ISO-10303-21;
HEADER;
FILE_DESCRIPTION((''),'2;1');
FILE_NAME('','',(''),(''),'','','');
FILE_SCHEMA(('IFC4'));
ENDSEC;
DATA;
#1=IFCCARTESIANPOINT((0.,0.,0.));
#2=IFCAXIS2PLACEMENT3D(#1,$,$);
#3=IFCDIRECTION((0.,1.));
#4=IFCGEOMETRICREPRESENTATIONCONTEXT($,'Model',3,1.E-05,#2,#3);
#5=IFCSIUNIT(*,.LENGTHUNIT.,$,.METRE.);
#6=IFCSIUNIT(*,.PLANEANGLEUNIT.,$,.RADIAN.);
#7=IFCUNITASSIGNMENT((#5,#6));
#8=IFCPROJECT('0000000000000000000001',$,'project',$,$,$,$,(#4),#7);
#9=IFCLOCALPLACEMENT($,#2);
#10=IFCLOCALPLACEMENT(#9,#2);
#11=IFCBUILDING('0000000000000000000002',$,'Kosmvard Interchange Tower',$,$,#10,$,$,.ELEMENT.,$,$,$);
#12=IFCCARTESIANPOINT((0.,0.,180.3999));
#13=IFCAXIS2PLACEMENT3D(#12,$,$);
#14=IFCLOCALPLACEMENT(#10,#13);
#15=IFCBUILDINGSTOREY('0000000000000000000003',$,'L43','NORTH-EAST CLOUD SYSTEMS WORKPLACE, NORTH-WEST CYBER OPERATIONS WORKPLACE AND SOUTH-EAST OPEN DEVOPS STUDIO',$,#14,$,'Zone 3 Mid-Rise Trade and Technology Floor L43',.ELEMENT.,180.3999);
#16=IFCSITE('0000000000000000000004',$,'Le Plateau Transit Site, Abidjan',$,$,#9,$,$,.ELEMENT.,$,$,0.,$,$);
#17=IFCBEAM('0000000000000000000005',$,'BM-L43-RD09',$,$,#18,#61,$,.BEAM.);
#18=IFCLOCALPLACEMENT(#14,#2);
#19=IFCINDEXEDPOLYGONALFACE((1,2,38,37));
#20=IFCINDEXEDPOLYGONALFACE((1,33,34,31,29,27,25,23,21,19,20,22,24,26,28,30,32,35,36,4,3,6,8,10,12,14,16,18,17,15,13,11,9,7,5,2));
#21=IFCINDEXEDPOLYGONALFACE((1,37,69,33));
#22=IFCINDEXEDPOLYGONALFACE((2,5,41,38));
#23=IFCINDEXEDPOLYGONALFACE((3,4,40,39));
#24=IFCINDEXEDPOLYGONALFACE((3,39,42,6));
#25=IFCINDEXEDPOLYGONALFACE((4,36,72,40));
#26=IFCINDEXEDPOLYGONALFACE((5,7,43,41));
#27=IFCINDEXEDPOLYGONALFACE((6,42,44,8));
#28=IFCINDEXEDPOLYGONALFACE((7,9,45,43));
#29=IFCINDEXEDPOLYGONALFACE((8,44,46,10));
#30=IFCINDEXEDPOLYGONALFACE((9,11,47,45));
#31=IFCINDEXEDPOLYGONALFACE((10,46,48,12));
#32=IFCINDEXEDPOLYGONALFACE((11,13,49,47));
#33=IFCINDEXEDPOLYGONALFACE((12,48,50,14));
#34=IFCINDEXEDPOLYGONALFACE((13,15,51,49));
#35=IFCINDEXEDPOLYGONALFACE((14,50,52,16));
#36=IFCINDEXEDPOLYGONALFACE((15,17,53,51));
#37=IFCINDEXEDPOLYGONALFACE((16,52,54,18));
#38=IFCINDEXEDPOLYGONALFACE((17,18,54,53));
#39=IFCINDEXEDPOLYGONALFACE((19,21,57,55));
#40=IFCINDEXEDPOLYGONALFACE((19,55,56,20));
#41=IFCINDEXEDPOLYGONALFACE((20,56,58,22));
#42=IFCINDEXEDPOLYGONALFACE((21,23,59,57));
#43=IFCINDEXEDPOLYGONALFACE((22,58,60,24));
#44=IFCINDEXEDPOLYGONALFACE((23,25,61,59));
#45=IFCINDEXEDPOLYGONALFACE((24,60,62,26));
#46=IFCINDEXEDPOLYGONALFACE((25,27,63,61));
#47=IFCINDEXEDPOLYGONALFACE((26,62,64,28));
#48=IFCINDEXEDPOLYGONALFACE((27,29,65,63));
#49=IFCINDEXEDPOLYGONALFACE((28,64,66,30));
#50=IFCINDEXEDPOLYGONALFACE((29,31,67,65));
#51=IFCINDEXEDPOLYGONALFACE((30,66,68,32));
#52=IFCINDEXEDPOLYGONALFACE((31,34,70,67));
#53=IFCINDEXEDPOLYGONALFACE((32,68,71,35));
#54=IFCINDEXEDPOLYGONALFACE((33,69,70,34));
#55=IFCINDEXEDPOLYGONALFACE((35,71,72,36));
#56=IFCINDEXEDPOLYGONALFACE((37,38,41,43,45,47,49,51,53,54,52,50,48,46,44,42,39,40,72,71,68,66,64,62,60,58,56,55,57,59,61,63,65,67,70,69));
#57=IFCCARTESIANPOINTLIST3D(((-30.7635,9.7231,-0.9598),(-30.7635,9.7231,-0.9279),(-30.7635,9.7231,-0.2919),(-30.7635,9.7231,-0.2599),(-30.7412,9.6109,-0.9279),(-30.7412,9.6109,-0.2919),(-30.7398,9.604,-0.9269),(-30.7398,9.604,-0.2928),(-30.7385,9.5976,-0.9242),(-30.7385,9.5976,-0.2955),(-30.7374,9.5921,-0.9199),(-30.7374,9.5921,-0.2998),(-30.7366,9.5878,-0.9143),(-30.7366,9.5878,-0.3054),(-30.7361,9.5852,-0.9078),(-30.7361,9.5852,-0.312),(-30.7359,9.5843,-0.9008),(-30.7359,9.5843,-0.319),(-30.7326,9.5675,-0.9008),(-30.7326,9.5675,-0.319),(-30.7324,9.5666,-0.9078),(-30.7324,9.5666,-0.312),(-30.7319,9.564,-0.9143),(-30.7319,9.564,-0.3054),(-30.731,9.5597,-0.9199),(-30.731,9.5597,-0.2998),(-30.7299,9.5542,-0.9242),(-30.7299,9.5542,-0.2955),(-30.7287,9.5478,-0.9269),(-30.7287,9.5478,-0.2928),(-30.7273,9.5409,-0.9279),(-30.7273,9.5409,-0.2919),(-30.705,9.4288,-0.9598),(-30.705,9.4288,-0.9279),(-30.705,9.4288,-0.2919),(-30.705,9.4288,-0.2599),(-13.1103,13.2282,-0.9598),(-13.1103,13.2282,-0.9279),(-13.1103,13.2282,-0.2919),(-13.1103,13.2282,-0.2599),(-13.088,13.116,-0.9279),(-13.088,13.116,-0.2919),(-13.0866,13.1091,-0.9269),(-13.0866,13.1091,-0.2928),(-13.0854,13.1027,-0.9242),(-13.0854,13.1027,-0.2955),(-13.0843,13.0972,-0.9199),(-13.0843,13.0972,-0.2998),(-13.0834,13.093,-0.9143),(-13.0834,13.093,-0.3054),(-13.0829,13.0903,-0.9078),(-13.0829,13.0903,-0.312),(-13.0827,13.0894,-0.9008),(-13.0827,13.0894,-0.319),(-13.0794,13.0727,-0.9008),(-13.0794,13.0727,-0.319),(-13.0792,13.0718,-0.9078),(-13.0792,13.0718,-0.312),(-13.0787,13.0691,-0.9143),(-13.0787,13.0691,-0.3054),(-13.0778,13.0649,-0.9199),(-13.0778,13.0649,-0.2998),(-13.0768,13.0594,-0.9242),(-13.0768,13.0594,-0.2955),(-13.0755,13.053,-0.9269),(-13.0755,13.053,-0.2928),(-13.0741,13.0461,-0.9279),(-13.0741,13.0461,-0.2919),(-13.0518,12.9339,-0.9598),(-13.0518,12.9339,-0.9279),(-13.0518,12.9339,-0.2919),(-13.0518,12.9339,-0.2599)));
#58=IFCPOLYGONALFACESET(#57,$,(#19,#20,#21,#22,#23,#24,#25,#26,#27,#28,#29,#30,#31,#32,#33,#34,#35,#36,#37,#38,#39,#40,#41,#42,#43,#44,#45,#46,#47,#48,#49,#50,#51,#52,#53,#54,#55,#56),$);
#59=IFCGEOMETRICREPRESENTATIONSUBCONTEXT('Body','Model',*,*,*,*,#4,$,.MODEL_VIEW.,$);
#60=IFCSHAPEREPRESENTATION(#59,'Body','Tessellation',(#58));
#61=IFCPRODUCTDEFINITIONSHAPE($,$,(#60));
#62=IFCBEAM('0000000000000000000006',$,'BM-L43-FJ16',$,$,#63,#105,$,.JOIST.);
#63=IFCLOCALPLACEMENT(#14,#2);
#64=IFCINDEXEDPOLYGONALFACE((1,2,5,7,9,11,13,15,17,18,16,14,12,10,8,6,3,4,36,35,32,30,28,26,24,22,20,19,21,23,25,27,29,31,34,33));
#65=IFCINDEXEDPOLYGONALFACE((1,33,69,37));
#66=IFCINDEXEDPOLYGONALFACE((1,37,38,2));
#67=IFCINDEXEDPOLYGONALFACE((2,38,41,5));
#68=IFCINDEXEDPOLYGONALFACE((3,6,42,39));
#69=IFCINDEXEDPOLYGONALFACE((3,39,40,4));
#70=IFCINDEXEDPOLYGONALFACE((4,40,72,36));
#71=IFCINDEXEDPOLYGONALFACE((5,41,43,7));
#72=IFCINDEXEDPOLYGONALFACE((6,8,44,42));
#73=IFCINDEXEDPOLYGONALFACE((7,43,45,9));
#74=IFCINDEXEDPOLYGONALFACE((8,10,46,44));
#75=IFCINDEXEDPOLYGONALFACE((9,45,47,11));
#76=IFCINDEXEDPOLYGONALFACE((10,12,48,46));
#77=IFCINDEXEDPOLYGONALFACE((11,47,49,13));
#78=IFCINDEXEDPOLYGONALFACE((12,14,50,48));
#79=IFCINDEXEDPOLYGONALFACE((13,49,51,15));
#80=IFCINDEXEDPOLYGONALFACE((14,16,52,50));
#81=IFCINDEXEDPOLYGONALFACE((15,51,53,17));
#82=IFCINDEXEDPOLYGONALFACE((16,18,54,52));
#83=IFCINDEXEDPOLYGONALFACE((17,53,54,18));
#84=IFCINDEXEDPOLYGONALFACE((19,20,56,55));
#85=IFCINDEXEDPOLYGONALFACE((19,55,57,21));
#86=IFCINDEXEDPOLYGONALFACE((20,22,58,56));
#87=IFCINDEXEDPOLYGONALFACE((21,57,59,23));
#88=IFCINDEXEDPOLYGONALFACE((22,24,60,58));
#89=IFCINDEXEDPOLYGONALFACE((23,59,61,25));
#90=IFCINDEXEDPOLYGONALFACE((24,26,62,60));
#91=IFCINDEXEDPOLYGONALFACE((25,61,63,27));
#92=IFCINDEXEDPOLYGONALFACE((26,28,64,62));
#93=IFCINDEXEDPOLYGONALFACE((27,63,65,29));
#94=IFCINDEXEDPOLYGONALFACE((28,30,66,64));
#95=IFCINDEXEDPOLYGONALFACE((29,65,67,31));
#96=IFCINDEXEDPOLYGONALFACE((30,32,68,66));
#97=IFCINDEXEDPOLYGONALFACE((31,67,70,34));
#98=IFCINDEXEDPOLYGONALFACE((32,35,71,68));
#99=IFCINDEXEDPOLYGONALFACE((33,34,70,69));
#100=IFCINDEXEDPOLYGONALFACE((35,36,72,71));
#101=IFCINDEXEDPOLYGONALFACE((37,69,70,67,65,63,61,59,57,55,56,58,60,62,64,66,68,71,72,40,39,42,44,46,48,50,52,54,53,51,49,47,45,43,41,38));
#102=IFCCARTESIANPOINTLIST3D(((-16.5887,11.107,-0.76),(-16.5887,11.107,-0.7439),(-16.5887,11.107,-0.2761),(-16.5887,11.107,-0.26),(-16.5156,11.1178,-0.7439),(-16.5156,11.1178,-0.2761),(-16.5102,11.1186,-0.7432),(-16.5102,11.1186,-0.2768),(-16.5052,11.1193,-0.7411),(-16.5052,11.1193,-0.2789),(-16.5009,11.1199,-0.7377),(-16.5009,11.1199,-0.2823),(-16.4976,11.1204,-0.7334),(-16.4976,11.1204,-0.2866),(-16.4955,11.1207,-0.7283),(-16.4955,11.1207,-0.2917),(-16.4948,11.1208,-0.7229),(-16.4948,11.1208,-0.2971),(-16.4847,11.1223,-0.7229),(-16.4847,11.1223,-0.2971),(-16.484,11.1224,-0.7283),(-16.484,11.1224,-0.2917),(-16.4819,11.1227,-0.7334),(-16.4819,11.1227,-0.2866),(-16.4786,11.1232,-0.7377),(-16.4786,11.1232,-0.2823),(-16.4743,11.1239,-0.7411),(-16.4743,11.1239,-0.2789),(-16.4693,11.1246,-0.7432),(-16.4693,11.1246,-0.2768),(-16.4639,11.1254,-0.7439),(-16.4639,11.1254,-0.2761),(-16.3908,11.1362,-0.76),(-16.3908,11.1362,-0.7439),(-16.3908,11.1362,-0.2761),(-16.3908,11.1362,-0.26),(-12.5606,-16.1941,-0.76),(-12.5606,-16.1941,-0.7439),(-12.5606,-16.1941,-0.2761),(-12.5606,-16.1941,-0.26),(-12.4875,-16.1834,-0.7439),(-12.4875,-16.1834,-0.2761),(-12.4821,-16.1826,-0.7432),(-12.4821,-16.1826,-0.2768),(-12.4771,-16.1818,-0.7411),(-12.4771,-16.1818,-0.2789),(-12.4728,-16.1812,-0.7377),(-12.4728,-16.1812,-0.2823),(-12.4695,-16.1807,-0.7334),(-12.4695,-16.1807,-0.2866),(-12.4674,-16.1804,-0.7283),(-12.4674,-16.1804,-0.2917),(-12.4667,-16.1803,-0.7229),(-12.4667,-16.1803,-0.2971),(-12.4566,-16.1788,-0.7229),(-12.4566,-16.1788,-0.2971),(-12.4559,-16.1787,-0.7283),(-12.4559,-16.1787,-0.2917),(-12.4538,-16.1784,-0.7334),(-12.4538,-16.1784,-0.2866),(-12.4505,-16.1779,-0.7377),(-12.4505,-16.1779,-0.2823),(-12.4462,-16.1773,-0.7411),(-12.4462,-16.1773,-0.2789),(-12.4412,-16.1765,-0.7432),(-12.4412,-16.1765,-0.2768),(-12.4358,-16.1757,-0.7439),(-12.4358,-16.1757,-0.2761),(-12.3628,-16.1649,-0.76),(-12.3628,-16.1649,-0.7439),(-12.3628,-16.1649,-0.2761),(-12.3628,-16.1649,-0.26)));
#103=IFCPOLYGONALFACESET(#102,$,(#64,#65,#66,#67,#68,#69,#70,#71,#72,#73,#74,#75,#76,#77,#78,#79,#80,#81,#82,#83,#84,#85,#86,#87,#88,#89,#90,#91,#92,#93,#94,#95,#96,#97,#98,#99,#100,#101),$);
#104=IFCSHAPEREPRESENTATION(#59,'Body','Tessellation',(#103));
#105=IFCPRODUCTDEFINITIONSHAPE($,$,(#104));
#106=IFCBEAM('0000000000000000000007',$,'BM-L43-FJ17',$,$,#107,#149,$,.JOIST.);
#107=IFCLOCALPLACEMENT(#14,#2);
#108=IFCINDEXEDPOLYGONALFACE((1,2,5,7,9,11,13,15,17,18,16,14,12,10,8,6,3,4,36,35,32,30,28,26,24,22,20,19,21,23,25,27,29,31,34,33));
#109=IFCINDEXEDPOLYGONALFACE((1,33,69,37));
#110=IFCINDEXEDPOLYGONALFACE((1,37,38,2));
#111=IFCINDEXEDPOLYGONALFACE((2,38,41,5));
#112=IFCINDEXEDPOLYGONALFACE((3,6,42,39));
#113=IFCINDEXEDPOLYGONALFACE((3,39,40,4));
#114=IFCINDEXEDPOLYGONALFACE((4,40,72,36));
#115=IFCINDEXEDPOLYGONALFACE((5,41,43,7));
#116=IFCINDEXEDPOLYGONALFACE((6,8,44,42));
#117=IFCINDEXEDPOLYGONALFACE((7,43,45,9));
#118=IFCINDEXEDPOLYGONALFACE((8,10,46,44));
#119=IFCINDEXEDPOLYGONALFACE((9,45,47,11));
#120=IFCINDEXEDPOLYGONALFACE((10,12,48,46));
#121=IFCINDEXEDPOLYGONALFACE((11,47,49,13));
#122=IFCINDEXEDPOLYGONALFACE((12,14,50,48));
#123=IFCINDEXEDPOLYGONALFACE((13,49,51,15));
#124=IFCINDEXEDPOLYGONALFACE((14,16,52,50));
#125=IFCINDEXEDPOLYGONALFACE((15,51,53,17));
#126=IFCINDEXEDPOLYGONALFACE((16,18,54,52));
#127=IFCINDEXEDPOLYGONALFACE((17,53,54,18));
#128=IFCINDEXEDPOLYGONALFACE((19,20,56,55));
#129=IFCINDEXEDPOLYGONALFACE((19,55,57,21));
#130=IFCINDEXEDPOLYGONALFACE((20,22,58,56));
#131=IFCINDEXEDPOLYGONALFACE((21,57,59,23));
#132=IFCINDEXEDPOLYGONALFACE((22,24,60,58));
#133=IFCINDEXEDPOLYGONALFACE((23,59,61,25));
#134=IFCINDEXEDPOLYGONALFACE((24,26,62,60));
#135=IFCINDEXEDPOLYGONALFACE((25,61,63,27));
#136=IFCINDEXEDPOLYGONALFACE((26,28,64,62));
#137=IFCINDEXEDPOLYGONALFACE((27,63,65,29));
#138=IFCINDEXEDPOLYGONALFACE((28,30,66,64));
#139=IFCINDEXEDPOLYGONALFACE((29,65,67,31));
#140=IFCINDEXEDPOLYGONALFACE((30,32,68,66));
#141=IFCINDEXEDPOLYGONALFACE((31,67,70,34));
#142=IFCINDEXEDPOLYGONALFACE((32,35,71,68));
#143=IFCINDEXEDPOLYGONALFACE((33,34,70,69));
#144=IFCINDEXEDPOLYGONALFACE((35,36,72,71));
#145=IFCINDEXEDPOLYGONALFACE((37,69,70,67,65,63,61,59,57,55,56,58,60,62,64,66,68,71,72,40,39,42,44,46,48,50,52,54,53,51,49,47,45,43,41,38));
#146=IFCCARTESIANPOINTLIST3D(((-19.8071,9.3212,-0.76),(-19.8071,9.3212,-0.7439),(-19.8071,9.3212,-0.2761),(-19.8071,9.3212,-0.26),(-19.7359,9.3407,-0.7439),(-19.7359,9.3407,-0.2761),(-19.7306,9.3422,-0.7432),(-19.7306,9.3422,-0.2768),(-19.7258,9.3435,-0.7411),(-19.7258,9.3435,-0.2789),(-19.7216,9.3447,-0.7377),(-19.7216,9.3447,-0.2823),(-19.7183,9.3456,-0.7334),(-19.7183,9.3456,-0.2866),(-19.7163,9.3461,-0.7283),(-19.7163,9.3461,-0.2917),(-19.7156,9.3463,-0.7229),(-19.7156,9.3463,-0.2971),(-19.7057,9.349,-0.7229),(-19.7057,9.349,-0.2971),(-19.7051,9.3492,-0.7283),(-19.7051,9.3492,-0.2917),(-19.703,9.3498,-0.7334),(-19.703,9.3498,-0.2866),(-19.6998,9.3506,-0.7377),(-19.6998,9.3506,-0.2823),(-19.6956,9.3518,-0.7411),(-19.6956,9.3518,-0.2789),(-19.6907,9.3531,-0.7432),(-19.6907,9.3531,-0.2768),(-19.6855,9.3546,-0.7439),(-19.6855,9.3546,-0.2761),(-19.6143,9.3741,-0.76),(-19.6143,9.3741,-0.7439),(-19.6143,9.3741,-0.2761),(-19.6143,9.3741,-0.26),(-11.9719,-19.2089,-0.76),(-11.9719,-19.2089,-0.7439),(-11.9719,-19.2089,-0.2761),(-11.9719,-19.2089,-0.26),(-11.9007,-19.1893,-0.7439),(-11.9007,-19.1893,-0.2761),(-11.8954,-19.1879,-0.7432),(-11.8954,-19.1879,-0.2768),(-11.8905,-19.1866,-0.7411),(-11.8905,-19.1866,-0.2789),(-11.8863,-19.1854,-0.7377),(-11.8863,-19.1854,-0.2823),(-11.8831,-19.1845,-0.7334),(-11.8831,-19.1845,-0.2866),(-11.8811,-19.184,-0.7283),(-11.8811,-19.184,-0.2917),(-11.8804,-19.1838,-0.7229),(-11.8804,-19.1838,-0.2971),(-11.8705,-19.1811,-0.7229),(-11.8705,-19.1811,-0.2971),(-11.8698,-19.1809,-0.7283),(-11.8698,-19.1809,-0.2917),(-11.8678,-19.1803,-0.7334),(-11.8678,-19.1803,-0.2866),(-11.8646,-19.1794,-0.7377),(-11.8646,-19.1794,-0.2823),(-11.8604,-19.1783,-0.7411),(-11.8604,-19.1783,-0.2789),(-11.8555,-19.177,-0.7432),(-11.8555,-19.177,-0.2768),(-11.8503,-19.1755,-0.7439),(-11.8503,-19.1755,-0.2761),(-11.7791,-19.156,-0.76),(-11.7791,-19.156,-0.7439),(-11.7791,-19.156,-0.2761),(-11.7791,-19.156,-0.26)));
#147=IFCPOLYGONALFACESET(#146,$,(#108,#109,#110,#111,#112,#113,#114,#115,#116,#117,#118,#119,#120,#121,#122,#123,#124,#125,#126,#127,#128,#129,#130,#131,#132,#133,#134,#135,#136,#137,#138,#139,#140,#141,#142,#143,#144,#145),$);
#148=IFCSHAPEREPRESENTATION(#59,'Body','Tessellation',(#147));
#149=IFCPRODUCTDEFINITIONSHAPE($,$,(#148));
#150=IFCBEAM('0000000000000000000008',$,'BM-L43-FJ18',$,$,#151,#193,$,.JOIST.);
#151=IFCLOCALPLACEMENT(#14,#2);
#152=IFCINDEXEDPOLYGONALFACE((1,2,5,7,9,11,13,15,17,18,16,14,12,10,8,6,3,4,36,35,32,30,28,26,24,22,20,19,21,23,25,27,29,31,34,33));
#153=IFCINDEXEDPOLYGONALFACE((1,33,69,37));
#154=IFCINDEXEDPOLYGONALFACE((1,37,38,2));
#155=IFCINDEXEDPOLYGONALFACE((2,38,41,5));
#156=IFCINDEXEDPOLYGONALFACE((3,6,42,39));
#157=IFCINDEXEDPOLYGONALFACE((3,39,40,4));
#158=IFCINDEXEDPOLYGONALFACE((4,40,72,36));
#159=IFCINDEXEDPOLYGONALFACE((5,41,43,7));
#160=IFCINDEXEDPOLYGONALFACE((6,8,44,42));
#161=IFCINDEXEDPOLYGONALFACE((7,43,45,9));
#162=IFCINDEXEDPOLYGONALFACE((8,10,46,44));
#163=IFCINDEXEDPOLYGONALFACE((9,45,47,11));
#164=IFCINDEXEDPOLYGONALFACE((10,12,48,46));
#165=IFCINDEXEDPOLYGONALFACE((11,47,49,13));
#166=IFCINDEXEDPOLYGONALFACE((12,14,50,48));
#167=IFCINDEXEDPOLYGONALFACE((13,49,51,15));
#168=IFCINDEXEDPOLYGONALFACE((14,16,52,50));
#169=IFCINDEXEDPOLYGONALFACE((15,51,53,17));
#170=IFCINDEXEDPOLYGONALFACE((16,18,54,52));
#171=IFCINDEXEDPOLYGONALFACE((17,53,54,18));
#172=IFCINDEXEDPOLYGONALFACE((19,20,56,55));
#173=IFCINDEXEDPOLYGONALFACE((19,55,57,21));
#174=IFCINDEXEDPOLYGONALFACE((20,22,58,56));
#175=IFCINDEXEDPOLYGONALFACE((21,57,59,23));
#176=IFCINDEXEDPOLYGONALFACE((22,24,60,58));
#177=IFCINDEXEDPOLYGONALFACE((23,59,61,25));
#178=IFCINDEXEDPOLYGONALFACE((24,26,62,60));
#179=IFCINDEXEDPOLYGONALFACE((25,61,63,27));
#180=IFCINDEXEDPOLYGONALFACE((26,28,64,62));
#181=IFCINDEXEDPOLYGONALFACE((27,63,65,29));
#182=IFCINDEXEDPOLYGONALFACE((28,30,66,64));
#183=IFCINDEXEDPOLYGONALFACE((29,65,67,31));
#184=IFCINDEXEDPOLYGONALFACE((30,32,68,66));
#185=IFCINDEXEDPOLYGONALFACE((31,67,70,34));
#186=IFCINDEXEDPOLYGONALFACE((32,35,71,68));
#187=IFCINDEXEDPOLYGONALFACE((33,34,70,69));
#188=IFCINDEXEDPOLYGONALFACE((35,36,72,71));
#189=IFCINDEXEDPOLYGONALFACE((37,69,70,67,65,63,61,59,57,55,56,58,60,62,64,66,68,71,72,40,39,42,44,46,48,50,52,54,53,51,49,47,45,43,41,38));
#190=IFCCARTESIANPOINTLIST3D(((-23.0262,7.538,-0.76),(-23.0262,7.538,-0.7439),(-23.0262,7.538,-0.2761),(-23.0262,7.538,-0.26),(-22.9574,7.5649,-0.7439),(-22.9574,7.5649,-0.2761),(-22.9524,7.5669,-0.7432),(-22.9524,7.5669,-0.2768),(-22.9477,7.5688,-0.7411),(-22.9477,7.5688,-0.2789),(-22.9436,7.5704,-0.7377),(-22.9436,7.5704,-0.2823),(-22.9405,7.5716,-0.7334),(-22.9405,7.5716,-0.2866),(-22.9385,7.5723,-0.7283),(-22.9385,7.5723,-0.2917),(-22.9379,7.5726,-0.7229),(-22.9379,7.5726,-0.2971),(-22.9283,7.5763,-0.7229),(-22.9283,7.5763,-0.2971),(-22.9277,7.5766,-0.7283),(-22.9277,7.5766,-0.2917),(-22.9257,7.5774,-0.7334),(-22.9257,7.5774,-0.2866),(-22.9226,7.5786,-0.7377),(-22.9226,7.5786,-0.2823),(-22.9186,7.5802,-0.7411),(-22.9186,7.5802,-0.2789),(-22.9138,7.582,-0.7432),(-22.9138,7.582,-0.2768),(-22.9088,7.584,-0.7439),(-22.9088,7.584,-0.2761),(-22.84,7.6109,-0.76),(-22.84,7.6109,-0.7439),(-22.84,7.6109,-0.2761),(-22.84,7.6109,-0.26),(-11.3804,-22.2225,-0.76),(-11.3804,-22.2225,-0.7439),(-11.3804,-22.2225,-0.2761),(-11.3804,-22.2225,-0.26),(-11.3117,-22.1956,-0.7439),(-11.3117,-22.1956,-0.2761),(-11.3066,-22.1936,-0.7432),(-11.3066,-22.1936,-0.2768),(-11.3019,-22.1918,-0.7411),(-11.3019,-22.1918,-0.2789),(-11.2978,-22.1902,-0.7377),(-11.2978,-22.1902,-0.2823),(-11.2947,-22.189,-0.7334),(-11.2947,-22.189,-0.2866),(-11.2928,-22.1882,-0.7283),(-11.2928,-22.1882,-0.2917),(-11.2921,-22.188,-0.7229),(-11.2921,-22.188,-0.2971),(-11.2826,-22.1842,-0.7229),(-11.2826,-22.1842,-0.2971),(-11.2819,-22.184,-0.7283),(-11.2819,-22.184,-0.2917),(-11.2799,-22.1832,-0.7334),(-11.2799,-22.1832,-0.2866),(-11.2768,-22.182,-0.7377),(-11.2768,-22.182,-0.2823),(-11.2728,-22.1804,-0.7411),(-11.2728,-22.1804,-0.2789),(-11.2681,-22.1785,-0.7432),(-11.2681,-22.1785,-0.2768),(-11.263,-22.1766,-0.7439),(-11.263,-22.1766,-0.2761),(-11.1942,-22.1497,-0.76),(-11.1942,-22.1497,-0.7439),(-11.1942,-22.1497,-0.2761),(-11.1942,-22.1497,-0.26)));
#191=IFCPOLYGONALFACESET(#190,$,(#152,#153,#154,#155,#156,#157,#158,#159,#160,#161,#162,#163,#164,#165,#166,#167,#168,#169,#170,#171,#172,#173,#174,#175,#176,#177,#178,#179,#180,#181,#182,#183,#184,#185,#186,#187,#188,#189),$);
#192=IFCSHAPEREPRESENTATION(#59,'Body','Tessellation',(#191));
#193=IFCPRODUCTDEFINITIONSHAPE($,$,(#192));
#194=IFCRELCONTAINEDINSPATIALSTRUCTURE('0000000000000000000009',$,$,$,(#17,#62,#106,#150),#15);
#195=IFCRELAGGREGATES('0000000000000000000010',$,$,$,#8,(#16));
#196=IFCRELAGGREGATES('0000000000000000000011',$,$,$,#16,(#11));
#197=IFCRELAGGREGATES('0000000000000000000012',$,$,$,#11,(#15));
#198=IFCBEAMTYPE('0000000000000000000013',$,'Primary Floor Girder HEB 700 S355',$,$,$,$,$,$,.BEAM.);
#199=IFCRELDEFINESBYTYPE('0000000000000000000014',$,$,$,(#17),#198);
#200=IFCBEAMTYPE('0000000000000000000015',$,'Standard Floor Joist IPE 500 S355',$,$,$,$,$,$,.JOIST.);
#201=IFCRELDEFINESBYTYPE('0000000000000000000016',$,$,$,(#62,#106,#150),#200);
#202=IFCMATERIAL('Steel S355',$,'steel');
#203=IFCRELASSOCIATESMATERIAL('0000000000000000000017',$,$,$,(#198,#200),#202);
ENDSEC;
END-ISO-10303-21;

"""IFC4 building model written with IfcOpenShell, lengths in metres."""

from ifc_helpers import new_model, si_unit, direction, frame, origin, origin_2d, place, context, subcontext, project, spatial, i_section, extrude, source, transform, mapped, material, material_profile, profile_set, type_object, element, save


model = new_model("IFC4")

# Units and contexts
model_context = context("Model", 3, precision=1e-05, world=origin(), true_north=direction((0.0, 1.0)))
body_context = subcontext(model_context, "Body", "Model", "MODEL_VIEW")
ifc_project = project(units=[si_unit("LENGTHUNIT", "METRE"), si_unit("PLANEANGLEUNIT", "RADIAN")], contexts=[model_context])

# Site, building, storey
site_placement = place(None, origin())
site = spatial("IfcSite", under=ifc_project, at=site_placement, Name="Le Plateau Transit Site, Abidjan", CompositionType="ELEMENT", RefElevation=0.0)
building_placement = place(site_placement, origin())
building = spatial("IfcBuilding", under=site, at=building_placement, Name="Kosmvard Interchange Tower", CompositionType="ELEMENT")
storey_placement = place(building_placement, frame((0.0, 0.0, 180.3999)))
storey = spatial("IfcBuildingStorey", under=building, at=storey_placement, Name="L43", Description="NORTH-EAST CLOUD SYSTEMS WORKPLACE, NORTH-WEST CYBER OPERATIONS WORKPLACE AND SOUTH-EAST OPEN DEVOPS STUDIO", LongName="Zone 3 Mid-Rise Trade and Technology Floor L43", CompositionType="ELEMENT", Elevation=180.3999)

# Beams
ifc_material_1 = material(Name="Steel S355", Category="steel")
ifc_material_profile_1 = material_profile(ifc_material_1, i_section(OverallWidth=0.3, OverallDepth=0.7, WebThickness=0.0171, FlangeThickness=0.032, FilletRadius=0.0271, at=origin_2d()), Name="HEB 700")
ifc_profile_set_1 = profile_set([ifc_material_profile_1], Name="Steel S355")
beam_type_1 = type_object("IfcBeamType", Name="Primary Floor Girder HEB 700 S355", PredefinedType="BEAM", material=ifc_profile_set_1)
shared_shape_1 = source(origin(), body_context, "Body", "SweptSolid", [
    extrude(i_section(OverallWidth=0.3, OverallDepth=0.7, WebThickness=0.0171, FlangeThickness=0.032, FilletRadius=0.0271, at=origin_2d()), origin(), (0.0, 0.0, 1.0), 17.9978),
])
beam_1_placement = place(storey_placement, frame((-13.0811, 13.0811, -0.6099), z_axis=(-0.980852, -0.194754, 0.0), x_axis=(0.194754, -0.980852, 0.0)))
element("IfcBeam", 1, at=beam_1_placement, inside=storey, type_object=beam_type_1, Name="BM-L43-RD09", PredefinedType="BEAM", context=body_context, shape_type="MappedRepresentation", body=[
    mapped(shared_shape_1, transform((0.0, 0.0, 0.0), scale=1.0)),
])
ifc_material_profile_2 = material_profile(ifc_material_1, i_section(OverallWidth=0.2, OverallDepth=0.5, WebThickness=0.0103, FlangeThickness=0.0161, FilletRadius=0.021, at=origin_2d()), Name="IPE 500")
ifc_profile_set_2 = profile_set([ifc_material_profile_2], Name="Steel S355")
beam_type_2 = type_object("IfcBeamType", Name="Standard Floor Joist IPE 500 S355", PredefinedType="JOIST", material=ifc_profile_set_2)
shared_shape_2 = source(origin(), body_context, "Body", "SweptSolid", [
    extrude(i_section(OverallWidth=0.2, OverallDepth=0.5, WebThickness=0.0103, FlangeThickness=0.0161, FilletRadius=0.021, at=origin_2d()), origin(), (0.0, 0.0, 1.0), 27.5967),
])
beam_2_placement = place(storey_placement, frame((-16.4897, 11.1216, -0.51), z_axis=(0.145963, -0.98929, 0.0), x_axis=(0.98929, 0.145963, 0.0)))
element("IfcBeam", 2, at=beam_2_placement, inside=storey, type_object=beam_type_2, Name="BM-L43-FJ16", PredefinedType="JOIST", context=body_context, shape_type="MappedRepresentation", body=[
    mapped(shared_shape_2, transform((0.0, 0.0, 0.0), scale=1.0)),
])
shared_shape_3 = source(origin(), body_context, "Body", "SweptSolid", [
    extrude(i_section(OverallWidth=0.2, OverallDepth=0.5, WebThickness=0.0103, FlangeThickness=0.0161, FilletRadius=0.021, at=origin_2d()), origin(), (0.0, 0.0, 1.0), 29.5864),
])
beam_3_placement = place(storey_placement, frame((-19.7107, 9.3477, -0.51), z_axis=(0.264825, -0.964297, 0.0), x_axis=(0.964297, 0.264825, 0.0)))
element("IfcBeam", 3, at=beam_3_placement, inside=storey, type_object=beam_type_2, Name="BM-L43-FJ17", PredefinedType="JOIST", context=body_context, shape_type="MappedRepresentation", body=[
    mapped(shared_shape_3, transform((0.0, 0.0, 0.0), scale=1.0)),
])
shared_shape_4 = source(origin(), body_context, "Body", "SweptSolid", [
    extrude(i_section(OverallWidth=0.2, OverallDepth=0.5, WebThickness=0.0103, FlangeThickness=0.0161, FilletRadius=0.021, at=origin_2d()), origin(), (0.0, 0.0, 1.0), 31.958),
])
beam_4_placement = place(storey_placement, frame((-22.9331, 7.5745, -0.51), z_axis=(0.364409, -0.931239, 0.0), x_axis=(0.931239, 0.364409, 0.0)))
element("IfcBeam", 4, at=beam_4_placement, inside=storey, type_object=beam_type_2, Name="BM-L43-FJ18", PredefinedType="JOIST", context=body_context, shape_type="MappedRepresentation", body=[
    mapped(shared_shape_4, transform((0.0, 0.0, 0.0), scale=1.0)),
])

save(model, "model.ifc")
